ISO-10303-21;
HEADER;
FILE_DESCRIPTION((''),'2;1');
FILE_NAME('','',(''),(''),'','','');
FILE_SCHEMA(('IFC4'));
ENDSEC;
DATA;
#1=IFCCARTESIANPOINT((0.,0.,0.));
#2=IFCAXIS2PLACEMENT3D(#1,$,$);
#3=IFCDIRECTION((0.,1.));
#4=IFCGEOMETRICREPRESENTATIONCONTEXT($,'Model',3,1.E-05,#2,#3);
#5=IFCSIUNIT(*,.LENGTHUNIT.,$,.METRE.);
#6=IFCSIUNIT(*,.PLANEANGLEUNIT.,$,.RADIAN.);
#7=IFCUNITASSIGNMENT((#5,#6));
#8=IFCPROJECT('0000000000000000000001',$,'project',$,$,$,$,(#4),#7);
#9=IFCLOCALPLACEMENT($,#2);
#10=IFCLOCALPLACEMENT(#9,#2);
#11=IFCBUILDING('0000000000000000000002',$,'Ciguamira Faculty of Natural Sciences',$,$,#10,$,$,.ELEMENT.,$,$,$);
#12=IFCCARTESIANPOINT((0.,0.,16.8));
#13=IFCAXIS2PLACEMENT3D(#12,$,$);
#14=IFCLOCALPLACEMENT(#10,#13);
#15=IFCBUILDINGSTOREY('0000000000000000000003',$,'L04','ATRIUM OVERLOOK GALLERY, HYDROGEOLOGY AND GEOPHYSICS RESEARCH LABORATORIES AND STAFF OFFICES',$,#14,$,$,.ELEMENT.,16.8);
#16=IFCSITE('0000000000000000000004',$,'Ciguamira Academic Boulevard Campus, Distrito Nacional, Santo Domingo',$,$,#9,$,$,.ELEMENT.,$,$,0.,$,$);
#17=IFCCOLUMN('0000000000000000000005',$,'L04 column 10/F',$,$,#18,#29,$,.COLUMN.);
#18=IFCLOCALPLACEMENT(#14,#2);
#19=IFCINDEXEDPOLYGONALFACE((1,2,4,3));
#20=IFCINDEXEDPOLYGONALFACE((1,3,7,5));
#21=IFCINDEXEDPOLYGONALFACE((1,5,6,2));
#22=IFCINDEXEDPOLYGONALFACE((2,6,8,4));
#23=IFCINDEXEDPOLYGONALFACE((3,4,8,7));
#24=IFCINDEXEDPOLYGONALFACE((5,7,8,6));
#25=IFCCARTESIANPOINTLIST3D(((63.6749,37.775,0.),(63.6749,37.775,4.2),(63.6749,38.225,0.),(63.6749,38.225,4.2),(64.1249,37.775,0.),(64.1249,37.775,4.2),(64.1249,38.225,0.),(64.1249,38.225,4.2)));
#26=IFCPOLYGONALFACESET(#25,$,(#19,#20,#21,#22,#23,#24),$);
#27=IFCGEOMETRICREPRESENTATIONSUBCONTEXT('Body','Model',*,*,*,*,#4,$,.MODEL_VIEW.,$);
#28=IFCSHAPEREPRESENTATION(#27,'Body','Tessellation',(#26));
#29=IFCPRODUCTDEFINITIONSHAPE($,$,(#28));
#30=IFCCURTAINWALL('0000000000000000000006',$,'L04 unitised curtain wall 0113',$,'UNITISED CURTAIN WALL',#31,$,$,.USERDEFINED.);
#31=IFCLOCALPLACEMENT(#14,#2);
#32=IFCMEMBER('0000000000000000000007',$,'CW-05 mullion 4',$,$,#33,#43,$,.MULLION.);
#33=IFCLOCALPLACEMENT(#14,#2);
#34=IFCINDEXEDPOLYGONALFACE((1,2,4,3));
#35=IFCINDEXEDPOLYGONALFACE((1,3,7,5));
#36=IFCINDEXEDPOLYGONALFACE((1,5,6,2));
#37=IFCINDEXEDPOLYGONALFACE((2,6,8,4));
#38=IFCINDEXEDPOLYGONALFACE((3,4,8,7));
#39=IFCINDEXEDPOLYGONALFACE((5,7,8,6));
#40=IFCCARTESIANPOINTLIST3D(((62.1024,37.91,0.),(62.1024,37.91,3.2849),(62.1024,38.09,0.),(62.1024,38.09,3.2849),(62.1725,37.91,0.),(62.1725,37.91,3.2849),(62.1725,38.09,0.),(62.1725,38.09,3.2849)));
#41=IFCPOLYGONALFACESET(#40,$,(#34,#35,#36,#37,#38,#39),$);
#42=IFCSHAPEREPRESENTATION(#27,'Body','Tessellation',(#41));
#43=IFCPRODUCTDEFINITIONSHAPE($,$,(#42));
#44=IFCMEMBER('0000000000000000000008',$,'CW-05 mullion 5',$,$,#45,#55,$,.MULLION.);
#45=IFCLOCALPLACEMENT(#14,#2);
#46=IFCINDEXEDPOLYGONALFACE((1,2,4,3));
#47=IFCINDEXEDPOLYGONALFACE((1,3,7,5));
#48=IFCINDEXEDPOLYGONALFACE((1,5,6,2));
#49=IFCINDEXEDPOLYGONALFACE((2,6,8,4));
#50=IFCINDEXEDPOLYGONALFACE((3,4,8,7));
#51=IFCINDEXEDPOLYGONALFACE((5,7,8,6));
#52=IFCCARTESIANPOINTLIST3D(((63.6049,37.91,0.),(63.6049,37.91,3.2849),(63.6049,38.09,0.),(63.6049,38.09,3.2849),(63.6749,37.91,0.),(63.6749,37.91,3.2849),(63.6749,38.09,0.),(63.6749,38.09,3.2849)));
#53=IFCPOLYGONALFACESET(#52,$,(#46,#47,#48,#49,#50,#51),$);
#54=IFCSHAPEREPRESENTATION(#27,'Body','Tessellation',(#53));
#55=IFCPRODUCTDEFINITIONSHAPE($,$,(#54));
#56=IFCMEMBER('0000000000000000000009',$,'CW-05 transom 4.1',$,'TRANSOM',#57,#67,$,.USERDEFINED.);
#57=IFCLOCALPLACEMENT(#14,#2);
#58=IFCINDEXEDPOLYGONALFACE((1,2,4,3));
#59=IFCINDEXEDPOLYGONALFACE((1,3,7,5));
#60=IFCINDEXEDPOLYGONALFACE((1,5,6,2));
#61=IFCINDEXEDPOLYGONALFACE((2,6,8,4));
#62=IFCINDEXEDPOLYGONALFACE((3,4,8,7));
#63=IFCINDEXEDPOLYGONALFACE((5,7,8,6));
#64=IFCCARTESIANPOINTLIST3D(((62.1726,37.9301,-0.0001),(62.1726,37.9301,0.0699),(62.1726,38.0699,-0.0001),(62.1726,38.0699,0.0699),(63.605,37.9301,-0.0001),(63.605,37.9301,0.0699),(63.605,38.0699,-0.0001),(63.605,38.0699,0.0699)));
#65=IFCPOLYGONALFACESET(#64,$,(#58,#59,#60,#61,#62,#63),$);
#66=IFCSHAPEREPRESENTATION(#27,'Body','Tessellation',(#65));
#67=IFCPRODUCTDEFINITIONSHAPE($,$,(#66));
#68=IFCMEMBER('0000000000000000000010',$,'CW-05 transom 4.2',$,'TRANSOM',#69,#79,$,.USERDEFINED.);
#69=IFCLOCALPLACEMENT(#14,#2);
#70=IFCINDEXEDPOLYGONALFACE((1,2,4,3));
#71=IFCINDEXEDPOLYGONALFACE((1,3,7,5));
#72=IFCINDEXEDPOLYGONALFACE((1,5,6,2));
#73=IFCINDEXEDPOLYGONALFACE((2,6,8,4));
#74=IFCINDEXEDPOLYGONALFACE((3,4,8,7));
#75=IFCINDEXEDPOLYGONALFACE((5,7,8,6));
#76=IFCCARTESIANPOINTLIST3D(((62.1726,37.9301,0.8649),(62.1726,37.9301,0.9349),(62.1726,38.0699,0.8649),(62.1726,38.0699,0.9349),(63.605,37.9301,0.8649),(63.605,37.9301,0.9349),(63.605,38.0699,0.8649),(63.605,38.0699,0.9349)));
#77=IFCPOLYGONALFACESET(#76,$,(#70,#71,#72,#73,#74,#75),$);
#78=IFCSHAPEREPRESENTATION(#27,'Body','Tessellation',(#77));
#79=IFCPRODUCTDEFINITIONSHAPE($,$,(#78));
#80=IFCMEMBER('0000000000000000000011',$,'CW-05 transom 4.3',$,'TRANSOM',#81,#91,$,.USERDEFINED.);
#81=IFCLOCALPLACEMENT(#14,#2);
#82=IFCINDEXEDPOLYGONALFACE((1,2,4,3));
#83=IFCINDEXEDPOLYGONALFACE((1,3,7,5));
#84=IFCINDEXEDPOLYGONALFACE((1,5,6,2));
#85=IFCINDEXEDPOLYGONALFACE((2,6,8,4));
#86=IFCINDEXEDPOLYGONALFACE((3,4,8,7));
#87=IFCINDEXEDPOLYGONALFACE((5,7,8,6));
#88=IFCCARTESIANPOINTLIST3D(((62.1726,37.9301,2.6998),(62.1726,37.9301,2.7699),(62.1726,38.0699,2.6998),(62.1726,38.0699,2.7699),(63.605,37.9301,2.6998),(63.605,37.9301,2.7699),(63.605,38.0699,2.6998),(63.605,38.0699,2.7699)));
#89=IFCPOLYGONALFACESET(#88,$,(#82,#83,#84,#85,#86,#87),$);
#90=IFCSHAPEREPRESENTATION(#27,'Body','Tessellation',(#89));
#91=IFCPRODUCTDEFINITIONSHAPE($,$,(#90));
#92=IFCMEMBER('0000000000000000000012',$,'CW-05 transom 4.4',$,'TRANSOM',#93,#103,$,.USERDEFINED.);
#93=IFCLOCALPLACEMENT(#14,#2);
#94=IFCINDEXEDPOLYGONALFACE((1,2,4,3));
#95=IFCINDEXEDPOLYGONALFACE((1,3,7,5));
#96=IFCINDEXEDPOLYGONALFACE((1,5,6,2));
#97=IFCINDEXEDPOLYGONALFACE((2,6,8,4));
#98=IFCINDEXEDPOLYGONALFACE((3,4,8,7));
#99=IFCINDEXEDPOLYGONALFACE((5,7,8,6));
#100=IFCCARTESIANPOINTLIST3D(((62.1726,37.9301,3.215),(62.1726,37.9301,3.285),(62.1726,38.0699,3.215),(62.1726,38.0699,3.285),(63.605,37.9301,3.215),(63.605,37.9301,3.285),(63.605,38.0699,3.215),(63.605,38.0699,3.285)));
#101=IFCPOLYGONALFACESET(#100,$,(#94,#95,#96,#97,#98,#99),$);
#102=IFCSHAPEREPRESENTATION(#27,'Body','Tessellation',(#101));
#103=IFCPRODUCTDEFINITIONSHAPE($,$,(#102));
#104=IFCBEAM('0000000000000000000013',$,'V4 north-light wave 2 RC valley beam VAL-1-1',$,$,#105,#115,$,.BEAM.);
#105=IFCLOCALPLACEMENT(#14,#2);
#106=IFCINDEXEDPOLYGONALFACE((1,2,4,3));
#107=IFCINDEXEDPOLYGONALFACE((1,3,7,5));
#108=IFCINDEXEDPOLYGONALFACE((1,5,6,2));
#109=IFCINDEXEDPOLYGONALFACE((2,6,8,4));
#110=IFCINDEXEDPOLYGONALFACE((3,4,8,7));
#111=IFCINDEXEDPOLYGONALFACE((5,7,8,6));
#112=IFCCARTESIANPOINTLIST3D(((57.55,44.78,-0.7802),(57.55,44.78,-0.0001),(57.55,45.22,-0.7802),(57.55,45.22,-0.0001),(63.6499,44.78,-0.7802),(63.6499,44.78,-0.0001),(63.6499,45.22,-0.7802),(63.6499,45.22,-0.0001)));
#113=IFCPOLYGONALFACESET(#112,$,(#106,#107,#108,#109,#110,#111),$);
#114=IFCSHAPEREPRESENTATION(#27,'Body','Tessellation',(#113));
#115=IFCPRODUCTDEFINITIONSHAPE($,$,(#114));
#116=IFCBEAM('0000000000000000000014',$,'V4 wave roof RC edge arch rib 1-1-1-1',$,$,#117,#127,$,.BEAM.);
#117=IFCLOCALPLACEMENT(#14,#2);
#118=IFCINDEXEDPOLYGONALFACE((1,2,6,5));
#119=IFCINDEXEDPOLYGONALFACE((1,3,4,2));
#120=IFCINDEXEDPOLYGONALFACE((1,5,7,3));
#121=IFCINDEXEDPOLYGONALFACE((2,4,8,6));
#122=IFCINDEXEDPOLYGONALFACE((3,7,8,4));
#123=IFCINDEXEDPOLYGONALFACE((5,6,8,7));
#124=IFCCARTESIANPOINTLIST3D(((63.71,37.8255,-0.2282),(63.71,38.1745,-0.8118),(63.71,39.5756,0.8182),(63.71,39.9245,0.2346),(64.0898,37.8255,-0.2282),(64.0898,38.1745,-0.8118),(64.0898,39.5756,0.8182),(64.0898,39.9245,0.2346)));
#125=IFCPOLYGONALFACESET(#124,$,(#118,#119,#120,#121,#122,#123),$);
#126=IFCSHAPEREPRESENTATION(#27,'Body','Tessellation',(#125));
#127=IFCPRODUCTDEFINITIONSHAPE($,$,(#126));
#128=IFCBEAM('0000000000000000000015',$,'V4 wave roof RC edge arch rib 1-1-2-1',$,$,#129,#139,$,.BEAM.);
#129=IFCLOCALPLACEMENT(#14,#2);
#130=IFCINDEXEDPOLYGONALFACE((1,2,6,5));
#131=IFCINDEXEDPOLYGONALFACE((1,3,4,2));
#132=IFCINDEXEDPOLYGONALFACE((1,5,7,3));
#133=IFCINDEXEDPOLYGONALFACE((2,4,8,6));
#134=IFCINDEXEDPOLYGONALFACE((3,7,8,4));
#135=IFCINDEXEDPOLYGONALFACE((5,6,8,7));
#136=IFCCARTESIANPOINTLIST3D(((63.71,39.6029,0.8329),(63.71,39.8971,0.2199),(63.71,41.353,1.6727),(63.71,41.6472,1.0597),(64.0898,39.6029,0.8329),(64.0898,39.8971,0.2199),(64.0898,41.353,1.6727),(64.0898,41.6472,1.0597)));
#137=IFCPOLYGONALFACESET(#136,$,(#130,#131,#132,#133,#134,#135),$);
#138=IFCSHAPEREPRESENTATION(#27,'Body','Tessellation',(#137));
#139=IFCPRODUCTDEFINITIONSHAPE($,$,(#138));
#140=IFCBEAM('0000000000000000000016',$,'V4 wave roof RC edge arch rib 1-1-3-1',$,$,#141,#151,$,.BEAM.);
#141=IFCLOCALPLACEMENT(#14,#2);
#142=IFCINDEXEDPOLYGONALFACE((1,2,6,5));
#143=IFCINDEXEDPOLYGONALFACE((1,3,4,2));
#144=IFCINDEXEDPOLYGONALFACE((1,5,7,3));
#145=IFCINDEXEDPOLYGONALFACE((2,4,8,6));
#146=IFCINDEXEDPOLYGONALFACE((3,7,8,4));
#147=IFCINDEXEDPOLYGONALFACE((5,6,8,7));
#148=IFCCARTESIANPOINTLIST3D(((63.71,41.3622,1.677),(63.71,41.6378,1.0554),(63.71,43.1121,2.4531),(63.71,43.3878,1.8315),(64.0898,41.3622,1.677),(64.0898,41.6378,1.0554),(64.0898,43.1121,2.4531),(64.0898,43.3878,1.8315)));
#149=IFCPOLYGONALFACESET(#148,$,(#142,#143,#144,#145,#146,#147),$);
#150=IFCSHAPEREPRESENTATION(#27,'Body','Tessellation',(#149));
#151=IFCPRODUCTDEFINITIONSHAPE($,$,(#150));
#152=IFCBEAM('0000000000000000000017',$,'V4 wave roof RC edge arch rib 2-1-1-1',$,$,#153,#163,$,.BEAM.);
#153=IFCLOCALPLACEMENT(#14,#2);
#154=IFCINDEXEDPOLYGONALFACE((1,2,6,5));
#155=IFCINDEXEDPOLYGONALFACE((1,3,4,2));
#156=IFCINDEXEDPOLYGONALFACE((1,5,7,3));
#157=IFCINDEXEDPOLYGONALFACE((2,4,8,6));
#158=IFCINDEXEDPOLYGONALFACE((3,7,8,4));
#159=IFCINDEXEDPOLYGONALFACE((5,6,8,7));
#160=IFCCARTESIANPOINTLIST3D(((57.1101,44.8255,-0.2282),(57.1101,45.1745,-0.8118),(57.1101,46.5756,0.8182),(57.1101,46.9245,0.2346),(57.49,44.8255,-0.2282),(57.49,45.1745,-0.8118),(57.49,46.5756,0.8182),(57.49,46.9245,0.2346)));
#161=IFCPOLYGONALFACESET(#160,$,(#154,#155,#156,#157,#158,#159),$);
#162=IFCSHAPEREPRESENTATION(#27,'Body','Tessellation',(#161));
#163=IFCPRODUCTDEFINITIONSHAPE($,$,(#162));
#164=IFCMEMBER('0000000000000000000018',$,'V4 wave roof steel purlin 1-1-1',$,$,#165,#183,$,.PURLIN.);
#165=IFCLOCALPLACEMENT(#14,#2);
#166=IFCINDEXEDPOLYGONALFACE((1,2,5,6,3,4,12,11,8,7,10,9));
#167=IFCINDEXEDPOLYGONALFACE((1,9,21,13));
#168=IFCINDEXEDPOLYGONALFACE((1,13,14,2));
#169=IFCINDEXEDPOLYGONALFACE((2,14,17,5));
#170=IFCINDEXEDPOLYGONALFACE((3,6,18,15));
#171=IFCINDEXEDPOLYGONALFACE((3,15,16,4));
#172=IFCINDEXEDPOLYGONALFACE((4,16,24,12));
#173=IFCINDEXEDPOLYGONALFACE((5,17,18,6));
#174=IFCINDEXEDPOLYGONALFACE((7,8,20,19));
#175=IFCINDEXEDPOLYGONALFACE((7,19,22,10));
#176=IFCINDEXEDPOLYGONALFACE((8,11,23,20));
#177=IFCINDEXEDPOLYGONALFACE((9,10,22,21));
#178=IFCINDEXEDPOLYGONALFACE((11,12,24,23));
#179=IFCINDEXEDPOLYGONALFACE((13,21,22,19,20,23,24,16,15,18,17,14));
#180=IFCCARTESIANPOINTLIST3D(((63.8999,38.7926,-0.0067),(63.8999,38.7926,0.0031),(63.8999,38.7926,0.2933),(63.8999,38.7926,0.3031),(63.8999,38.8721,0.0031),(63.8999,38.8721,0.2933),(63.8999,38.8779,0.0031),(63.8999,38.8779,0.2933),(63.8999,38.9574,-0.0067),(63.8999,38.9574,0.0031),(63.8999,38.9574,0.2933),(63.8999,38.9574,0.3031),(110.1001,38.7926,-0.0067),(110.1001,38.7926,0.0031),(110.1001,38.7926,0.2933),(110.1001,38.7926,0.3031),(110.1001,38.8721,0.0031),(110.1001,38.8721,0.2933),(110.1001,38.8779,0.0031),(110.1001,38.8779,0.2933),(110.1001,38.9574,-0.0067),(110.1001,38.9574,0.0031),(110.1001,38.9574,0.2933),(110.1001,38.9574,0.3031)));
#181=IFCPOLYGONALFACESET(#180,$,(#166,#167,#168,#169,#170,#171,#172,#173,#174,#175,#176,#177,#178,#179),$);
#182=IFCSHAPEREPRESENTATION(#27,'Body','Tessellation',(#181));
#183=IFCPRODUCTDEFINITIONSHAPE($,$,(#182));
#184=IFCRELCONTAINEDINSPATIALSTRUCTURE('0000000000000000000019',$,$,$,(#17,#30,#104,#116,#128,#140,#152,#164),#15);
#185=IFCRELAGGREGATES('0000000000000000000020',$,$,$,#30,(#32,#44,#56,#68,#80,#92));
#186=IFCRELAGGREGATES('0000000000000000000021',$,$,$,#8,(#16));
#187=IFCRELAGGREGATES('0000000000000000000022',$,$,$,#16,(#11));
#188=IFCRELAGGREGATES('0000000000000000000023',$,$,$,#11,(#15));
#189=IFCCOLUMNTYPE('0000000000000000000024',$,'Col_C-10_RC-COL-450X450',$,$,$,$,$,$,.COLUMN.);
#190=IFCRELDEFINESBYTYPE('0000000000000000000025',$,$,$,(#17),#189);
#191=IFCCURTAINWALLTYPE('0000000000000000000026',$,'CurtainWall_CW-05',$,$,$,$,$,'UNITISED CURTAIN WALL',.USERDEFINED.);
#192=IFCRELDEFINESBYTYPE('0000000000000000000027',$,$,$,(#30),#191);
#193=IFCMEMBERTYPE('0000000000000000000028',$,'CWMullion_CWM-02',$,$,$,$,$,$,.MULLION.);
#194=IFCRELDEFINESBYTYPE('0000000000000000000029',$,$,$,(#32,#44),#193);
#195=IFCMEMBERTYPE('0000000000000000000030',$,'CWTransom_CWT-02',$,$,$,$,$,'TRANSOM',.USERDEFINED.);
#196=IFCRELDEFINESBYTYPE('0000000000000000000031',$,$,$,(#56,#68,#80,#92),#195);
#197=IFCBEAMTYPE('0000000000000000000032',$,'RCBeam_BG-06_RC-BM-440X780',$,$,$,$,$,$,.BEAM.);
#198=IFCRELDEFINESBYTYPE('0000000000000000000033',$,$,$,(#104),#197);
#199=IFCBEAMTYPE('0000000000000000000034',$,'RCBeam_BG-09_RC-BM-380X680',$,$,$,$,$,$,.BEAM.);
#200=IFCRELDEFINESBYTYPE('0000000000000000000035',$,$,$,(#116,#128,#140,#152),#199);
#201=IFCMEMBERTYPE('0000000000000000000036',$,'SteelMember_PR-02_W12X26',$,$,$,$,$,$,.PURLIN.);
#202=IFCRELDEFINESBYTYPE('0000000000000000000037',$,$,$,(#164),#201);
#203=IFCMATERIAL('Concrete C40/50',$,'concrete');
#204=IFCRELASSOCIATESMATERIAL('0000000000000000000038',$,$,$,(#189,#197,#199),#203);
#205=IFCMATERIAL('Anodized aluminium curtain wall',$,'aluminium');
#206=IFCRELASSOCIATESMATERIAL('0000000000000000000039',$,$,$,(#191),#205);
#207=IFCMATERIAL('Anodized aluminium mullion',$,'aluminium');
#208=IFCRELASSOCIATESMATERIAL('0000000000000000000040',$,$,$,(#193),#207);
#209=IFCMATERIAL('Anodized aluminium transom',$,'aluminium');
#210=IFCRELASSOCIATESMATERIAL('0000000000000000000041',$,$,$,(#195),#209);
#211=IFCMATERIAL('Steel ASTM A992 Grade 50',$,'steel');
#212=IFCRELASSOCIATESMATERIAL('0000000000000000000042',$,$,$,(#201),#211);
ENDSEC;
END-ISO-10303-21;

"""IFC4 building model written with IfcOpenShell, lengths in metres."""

from ifc_helpers import new_model, si_unit, direction, frame, origin, origin_2d, place, context, subcontext, project, spatial, rectangle, i_section, extrude, material, material_profile, profile_set, type_object, element, aggregate, save


model = new_model("IFC4")

# Units and contexts
model_context = context("Model", 3, precision=1e-05, world=origin(), true_north=direction((0.0, 1.0)))
body_context = subcontext(model_context, "Body", "Model", "MODEL_VIEW")
ifc_project = project(units=[si_unit("LENGTHUNIT", "METRE"), si_unit("PLANEANGLEUNIT", "RADIAN")], contexts=[model_context])

# Site, building, storey
site_placement = place(None, origin())
site = spatial("IfcSite", under=ifc_project, at=site_placement, Name="Ciguamira Academic Boulevard Campus, Distrito Nacional, Santo Domingo", CompositionType="ELEMENT", RefElevation=0.0)
building_placement = place(site_placement, origin())
building = spatial("IfcBuilding", under=site, at=building_placement, Name="Ciguamira Faculty of Natural Sciences", CompositionType="ELEMENT")
storey_placement = place(building_placement, frame((0.0, 0.0, 16.8)))
storey = spatial("IfcBuildingStorey", under=building, at=storey_placement, Name="L04", Description="ATRIUM OVERLOOK GALLERY, HYDROGEOLOGY AND GEOPHYSICS RESEARCH LABORATORIES AND STAFF OFFICES", CompositionType="ELEMENT", Elevation=16.8)

# Column
ifc_material_1 = material(Name="Concrete C40/50", Category="concrete")
ifc_material_profile_1 = material_profile(ifc_material_1, rectangle(XDim=0.45, YDim=0.45, at=origin_2d()), Name="RC-COL-450X450")
ifc_profile_set_1 = profile_set([ifc_material_profile_1], Name="Concrete C40/50")
column_type = type_object("IfcColumnType", Name="Col_C-10_RC-COL-450X450", PredefinedType="COLUMN", material=ifc_profile_set_1)
column_placement = place(storey_placement, frame((63.8999, 38.0, 0.0), z_axis=(0.0, 0.0, 1.0), x_axis=(1.0, 0.0, 0.0)))
element("IfcColumn", 1, at=column_placement, inside=storey, type_object=column_type, Name="L04 column 10/F", PredefinedType="COLUMN", context=body_context, shape_type="SweptSolid", body=[
    extrude(rectangle(XDim=0.45, YDim=0.45, at=origin_2d()), origin(), (0.0, 0.0, 1.0), 4.2),
])

# Curtain wall, members
ifc_material_2 = material(Name="Anodized aluminium curtain wall", Category="aluminium")
curtain_wall_type = type_object("IfcCurtainWallType", Name="CurtainWall_CW-05", ElementType="UNITISED CURTAIN WALL", PredefinedType="USERDEFINED", material=ifc_material_2)
curtain_wall_placement = place(storey_placement, origin())
curtain_wall = element("IfcCurtainWall", 2, at=curtain_wall_placement, inside=storey, type_object=curtain_wall_type, Name="L04 unitised curtain wall 0113", ObjectType="UNITISED CURTAIN WALL", PredefinedType="USERDEFINED")
ifc_material_3 = material(Name="Anodized aluminium mullion", Category="aluminium")
ifc_material_profile_2 = material_profile(ifc_material_3, rectangle(XDim=0.0701, YDim=0.1799, at=origin_2d()), Name="ALU-MUL-70X180")
ifc_profile_set_2 = profile_set([ifc_material_profile_2], Name="Anodized aluminium mullion")
member_type_1 = type_object("IfcMemberType", Name="CWMullion_CWM-02", PredefinedType="MULLION", material=ifc_profile_set_2)
member_1_placement = place(storey_placement, frame((62.1375, 38.0, 0.0), z_axis=(0.0, 0.0, 1.0), x_axis=(1.0, 0.0, 0.0)))
member_1 = element("IfcMember", 3, at=member_1_placement, type_object=member_type_1, Name="CW-05 mullion 4", PredefinedType="MULLION", context=body_context, shape_type="SweptSolid", body=[
    extrude(rectangle(XDim=0.0701, YDim=0.1799, at=origin_2d()), origin(), (0.0, 0.0, 1.0), 3.2849),
])
member_2_placement = place(storey_placement, frame((63.6399, 38.0, 0.0), z_axis=(0.0, 0.0, 1.0), x_axis=(1.0, 0.0, 0.0)))
member_2 = element("IfcMember", 4, at=member_2_placement, type_object=member_type_1, Name="CW-05 mullion 5", PredefinedType="MULLION", context=body_context, shape_type="SweptSolid", body=[
    extrude(rectangle(XDim=0.0701, YDim=0.1799, at=origin_2d()), origin(), (0.0, 0.0, 1.0), 3.2849),
])
ifc_material_4 = material(Name="Anodized aluminium transom", Category="aluminium")
ifc_material_profile_3 = material_profile(ifc_material_4, rectangle(XDim=0.0701, YDim=0.1399, at=origin_2d()), Name="ALU-TRN-70X140")
ifc_profile_set_3 = profile_set([ifc_material_profile_3], Name="Anodized aluminium transom")
member_type_2 = type_object("IfcMemberType", Name="CWTransom_CWT-02", ElementType="TRANSOM", PredefinedType="USERDEFINED", material=ifc_profile_set_3)
member_3_placement = place(storey_placement, frame((62.1726, 38.0, 0.0349), z_axis=(1.0, 0.0, 0.0), x_axis=(0.0, 0.0, 1.0)))
member_3 = element("IfcMember", 5, at=member_3_placement, type_object=member_type_2, Name="CW-05 transom 4.1", ObjectType="TRANSOM", PredefinedType="USERDEFINED", context=body_context, shape_type="SweptSolid", body=[
    extrude(rectangle(XDim=0.0701, YDim=0.1399, at=origin_2d()), origin(), (0.0, 0.0, 1.0), 1.4324),
])
member_4_placement = place(storey_placement, frame((62.1726, 38.0, 0.8999), z_axis=(1.0, 0.0, 0.0), x_axis=(0.0, 0.0, 1.0)))
member_4 = element("IfcMember", 6, at=member_4_placement, type_object=member_type_2, Name="CW-05 transom 4.2", ObjectType="TRANSOM", PredefinedType="USERDEFINED", context=body_context, shape_type="SweptSolid", body=[
    extrude(rectangle(XDim=0.0701, YDim=0.1399, at=origin_2d()), origin(), (0.0, 0.0, 1.0), 1.4324),
])
member_5_placement = place(storey_placement, frame((62.1726, 38.0, 2.7349), z_axis=(1.0, 0.0, 0.0), x_axis=(0.0, 0.0, 1.0)))
member_5 = element("IfcMember", 7, at=member_5_placement, type_object=member_type_2, Name="CW-05 transom 4.3", ObjectType="TRANSOM", PredefinedType="USERDEFINED", context=body_context, shape_type="SweptSolid", body=[
    extrude(rectangle(XDim=0.0701, YDim=0.1399, at=origin_2d()), origin(), (0.0, 0.0, 1.0), 1.4324),
])
member_6_placement = place(storey_placement, frame((62.1726, 38.0, 3.25), z_axis=(1.0, 0.0, 0.0), x_axis=(0.0, 0.0, 1.0)))
member_6 = element("IfcMember", 8, at=member_6_placement, type_object=member_type_2, Name="CW-05 transom 4.4", ObjectType="TRANSOM", PredefinedType="USERDEFINED", context=body_context, shape_type="SweptSolid", body=[
    extrude(rectangle(XDim=0.0701, YDim=0.1399, at=origin_2d()), origin(), (0.0, 0.0, 1.0), 1.4324),
])

# Beams
ifc_material_profile_4 = material_profile(ifc_material_1, rectangle(XDim=0.4399, YDim=0.78, at=origin_2d()), Name="RC-BM-440X780")
ifc_profile_set_4 = profile_set([ifc_material_profile_4], Name="Concrete C40/50")
beam_type_1 = type_object("IfcBeamType", Name="RCBeam_BG-06_RC-BM-440X780", PredefinedType="BEAM", material=ifc_profile_set_4)
beam_1_placement = place(storey_placement, frame((57.55, 45.0, -0.3901), z_axis=(1.0, 0.0, 0.0), x_axis=(0.0, 1.0, 0.0)))
element("IfcBeam", 9, at=beam_1_placement, inside=storey, type_object=beam_type_1, Name="V4 north-light wave 2 RC valley beam VAL-1-1", PredefinedType="BEAM", context=body_context, shape_type="SweptSolid", body=[
    extrude(rectangle(XDim=0.4399, YDim=0.78, at=origin_2d()), origin(), (0.0, 0.0, 1.0), 6.0999),
])
ifc_material_profile_5 = material_profile(ifc_material_1, rectangle(XDim=0.3799, YDim=0.6799, at=origin_2d()), Name="RC-BM-380X680")
ifc_profile_set_5 = profile_set([ifc_material_profile_5], Name="Concrete C40/50")
beam_type_2 = type_object("IfcBeamType", Name="RCBeam_BG-09_RC-BM-380X680", PredefinedType="BEAM", material=ifc_profile_set_5)
beam_2_placement = place(storey_placement, frame((63.8999, 38.0, -0.52), z_axis=(0.0, 0.858274, 0.513192), x_axis=(-1.0, 0.0, 0.0)))
element("IfcBeam", 10, at=beam_2_placement, inside=storey, type_object=beam_type_2, Name="V4 wave roof RC edge arch rib 1-1-1-1", PredefinedType="BEAM", context=body_context, shape_type="SweptSolid", body=[
    extrude(rectangle(XDim=0.3799, YDim=0.6799, at=origin_2d()), origin(), (0.0, 0.0, 1.0), 2.0391),
])
beam_3_placement = place(storey_placement, frame((63.8999, 39.75, 0.5264), z_axis=(0.0, 0.901554, 0.432666), x_axis=(-1.0, 0.0, 0.0)))
element("IfcBeam", 11, at=beam_3_placement, inside=storey, type_object=beam_type_2, Name="V4 wave roof RC edge arch rib 1-1-2-1", PredefinedType="BEAM", context=body_context, shape_type="SweptSolid", body=[
    extrude(rectangle(XDim=0.3799, YDim=0.6799, at=origin_2d()), origin(), (0.0, 0.0, 1.0), 1.9412),
])
beam_4_placement = place(storey_placement, frame((63.8999, 41.5, 1.3662), z_axis=(0.0, 0.914132, 0.405417), x_axis=(-1.0, 0.0, 0.0)))
element("IfcBeam", 12, at=beam_4_placement, inside=storey, type_object=beam_type_2, Name="V4 wave roof RC edge arch rib 1-1-3-1", PredefinedType="BEAM", context=body_context, shape_type="SweptSolid", body=[
    extrude(rectangle(XDim=0.3799, YDim=0.6799, at=origin_2d()), origin(), (0.0, 0.0, 1.0), 1.9143),
])
beam_5_placement = place(storey_placement, frame((57.3, 45.0, -0.52), z_axis=(0.0, 0.858274, 0.513192), x_axis=(-1.0, 0.0, 0.0)))
element("IfcBeam", 13, at=beam_5_placement, inside=storey, type_object=beam_type_2, Name="V4 wave roof RC edge arch rib 2-1-1-1", PredefinedType="BEAM", context=body_context, shape_type="SweptSolid", body=[
    extrude(rectangle(XDim=0.3799, YDim=0.6799, at=origin_2d()), origin(), (0.0, 0.0, 1.0), 2.0391),
])

# Member
ifc_material_5 = material(Name="Steel ASTM A992 Grade 50", Category="steel")
ifc_material_profile_6 = material_profile(ifc_material_5, i_section(OverallWidth=0.1648, OverallDepth=0.3098, WebThickness=0.0059, FlangeThickness=0.0098, at=origin_2d()), Name="W12X26")
ifc_profile_set_6 = profile_set([ifc_material_profile_6], Name="Steel ASTM A992 Grade 50")
member_type_3 = type_object("IfcMemberType", Name="SteelMember_PR-02_W12X26", PredefinedType="PURLIN", material=ifc_profile_set_6)
for number, where, z_axis, x_axis, name in (
    (14, (63.8999, 38.875, 0.1482), (1.0, 0.0, 0.0), (0.0, 1.0, 0.0), "V4 wave roof steel purlin 1-1-1"),
):
    element("IfcMember", number, at=place(storey_placement, frame(where, z_axis=z_axis, x_axis=x_axis)), inside=storey, type_object=member_type_3, Name=name, PredefinedType="PURLIN", context=body_context, shape_type="SweptSolid", body=[
        extrude(i_section(OverallWidth=0.1648, OverallDepth=0.3098, WebThickness=0.0059, FlangeThickness=0.0098, at=origin_2d()), origin(), (0.0, 0.0, 1.0), 46.2002),
    ])

aggregate(curtain_wall, [member_1, member_2, member_3, member_4, member_5, member_6])

save(model, "model.ifc")
